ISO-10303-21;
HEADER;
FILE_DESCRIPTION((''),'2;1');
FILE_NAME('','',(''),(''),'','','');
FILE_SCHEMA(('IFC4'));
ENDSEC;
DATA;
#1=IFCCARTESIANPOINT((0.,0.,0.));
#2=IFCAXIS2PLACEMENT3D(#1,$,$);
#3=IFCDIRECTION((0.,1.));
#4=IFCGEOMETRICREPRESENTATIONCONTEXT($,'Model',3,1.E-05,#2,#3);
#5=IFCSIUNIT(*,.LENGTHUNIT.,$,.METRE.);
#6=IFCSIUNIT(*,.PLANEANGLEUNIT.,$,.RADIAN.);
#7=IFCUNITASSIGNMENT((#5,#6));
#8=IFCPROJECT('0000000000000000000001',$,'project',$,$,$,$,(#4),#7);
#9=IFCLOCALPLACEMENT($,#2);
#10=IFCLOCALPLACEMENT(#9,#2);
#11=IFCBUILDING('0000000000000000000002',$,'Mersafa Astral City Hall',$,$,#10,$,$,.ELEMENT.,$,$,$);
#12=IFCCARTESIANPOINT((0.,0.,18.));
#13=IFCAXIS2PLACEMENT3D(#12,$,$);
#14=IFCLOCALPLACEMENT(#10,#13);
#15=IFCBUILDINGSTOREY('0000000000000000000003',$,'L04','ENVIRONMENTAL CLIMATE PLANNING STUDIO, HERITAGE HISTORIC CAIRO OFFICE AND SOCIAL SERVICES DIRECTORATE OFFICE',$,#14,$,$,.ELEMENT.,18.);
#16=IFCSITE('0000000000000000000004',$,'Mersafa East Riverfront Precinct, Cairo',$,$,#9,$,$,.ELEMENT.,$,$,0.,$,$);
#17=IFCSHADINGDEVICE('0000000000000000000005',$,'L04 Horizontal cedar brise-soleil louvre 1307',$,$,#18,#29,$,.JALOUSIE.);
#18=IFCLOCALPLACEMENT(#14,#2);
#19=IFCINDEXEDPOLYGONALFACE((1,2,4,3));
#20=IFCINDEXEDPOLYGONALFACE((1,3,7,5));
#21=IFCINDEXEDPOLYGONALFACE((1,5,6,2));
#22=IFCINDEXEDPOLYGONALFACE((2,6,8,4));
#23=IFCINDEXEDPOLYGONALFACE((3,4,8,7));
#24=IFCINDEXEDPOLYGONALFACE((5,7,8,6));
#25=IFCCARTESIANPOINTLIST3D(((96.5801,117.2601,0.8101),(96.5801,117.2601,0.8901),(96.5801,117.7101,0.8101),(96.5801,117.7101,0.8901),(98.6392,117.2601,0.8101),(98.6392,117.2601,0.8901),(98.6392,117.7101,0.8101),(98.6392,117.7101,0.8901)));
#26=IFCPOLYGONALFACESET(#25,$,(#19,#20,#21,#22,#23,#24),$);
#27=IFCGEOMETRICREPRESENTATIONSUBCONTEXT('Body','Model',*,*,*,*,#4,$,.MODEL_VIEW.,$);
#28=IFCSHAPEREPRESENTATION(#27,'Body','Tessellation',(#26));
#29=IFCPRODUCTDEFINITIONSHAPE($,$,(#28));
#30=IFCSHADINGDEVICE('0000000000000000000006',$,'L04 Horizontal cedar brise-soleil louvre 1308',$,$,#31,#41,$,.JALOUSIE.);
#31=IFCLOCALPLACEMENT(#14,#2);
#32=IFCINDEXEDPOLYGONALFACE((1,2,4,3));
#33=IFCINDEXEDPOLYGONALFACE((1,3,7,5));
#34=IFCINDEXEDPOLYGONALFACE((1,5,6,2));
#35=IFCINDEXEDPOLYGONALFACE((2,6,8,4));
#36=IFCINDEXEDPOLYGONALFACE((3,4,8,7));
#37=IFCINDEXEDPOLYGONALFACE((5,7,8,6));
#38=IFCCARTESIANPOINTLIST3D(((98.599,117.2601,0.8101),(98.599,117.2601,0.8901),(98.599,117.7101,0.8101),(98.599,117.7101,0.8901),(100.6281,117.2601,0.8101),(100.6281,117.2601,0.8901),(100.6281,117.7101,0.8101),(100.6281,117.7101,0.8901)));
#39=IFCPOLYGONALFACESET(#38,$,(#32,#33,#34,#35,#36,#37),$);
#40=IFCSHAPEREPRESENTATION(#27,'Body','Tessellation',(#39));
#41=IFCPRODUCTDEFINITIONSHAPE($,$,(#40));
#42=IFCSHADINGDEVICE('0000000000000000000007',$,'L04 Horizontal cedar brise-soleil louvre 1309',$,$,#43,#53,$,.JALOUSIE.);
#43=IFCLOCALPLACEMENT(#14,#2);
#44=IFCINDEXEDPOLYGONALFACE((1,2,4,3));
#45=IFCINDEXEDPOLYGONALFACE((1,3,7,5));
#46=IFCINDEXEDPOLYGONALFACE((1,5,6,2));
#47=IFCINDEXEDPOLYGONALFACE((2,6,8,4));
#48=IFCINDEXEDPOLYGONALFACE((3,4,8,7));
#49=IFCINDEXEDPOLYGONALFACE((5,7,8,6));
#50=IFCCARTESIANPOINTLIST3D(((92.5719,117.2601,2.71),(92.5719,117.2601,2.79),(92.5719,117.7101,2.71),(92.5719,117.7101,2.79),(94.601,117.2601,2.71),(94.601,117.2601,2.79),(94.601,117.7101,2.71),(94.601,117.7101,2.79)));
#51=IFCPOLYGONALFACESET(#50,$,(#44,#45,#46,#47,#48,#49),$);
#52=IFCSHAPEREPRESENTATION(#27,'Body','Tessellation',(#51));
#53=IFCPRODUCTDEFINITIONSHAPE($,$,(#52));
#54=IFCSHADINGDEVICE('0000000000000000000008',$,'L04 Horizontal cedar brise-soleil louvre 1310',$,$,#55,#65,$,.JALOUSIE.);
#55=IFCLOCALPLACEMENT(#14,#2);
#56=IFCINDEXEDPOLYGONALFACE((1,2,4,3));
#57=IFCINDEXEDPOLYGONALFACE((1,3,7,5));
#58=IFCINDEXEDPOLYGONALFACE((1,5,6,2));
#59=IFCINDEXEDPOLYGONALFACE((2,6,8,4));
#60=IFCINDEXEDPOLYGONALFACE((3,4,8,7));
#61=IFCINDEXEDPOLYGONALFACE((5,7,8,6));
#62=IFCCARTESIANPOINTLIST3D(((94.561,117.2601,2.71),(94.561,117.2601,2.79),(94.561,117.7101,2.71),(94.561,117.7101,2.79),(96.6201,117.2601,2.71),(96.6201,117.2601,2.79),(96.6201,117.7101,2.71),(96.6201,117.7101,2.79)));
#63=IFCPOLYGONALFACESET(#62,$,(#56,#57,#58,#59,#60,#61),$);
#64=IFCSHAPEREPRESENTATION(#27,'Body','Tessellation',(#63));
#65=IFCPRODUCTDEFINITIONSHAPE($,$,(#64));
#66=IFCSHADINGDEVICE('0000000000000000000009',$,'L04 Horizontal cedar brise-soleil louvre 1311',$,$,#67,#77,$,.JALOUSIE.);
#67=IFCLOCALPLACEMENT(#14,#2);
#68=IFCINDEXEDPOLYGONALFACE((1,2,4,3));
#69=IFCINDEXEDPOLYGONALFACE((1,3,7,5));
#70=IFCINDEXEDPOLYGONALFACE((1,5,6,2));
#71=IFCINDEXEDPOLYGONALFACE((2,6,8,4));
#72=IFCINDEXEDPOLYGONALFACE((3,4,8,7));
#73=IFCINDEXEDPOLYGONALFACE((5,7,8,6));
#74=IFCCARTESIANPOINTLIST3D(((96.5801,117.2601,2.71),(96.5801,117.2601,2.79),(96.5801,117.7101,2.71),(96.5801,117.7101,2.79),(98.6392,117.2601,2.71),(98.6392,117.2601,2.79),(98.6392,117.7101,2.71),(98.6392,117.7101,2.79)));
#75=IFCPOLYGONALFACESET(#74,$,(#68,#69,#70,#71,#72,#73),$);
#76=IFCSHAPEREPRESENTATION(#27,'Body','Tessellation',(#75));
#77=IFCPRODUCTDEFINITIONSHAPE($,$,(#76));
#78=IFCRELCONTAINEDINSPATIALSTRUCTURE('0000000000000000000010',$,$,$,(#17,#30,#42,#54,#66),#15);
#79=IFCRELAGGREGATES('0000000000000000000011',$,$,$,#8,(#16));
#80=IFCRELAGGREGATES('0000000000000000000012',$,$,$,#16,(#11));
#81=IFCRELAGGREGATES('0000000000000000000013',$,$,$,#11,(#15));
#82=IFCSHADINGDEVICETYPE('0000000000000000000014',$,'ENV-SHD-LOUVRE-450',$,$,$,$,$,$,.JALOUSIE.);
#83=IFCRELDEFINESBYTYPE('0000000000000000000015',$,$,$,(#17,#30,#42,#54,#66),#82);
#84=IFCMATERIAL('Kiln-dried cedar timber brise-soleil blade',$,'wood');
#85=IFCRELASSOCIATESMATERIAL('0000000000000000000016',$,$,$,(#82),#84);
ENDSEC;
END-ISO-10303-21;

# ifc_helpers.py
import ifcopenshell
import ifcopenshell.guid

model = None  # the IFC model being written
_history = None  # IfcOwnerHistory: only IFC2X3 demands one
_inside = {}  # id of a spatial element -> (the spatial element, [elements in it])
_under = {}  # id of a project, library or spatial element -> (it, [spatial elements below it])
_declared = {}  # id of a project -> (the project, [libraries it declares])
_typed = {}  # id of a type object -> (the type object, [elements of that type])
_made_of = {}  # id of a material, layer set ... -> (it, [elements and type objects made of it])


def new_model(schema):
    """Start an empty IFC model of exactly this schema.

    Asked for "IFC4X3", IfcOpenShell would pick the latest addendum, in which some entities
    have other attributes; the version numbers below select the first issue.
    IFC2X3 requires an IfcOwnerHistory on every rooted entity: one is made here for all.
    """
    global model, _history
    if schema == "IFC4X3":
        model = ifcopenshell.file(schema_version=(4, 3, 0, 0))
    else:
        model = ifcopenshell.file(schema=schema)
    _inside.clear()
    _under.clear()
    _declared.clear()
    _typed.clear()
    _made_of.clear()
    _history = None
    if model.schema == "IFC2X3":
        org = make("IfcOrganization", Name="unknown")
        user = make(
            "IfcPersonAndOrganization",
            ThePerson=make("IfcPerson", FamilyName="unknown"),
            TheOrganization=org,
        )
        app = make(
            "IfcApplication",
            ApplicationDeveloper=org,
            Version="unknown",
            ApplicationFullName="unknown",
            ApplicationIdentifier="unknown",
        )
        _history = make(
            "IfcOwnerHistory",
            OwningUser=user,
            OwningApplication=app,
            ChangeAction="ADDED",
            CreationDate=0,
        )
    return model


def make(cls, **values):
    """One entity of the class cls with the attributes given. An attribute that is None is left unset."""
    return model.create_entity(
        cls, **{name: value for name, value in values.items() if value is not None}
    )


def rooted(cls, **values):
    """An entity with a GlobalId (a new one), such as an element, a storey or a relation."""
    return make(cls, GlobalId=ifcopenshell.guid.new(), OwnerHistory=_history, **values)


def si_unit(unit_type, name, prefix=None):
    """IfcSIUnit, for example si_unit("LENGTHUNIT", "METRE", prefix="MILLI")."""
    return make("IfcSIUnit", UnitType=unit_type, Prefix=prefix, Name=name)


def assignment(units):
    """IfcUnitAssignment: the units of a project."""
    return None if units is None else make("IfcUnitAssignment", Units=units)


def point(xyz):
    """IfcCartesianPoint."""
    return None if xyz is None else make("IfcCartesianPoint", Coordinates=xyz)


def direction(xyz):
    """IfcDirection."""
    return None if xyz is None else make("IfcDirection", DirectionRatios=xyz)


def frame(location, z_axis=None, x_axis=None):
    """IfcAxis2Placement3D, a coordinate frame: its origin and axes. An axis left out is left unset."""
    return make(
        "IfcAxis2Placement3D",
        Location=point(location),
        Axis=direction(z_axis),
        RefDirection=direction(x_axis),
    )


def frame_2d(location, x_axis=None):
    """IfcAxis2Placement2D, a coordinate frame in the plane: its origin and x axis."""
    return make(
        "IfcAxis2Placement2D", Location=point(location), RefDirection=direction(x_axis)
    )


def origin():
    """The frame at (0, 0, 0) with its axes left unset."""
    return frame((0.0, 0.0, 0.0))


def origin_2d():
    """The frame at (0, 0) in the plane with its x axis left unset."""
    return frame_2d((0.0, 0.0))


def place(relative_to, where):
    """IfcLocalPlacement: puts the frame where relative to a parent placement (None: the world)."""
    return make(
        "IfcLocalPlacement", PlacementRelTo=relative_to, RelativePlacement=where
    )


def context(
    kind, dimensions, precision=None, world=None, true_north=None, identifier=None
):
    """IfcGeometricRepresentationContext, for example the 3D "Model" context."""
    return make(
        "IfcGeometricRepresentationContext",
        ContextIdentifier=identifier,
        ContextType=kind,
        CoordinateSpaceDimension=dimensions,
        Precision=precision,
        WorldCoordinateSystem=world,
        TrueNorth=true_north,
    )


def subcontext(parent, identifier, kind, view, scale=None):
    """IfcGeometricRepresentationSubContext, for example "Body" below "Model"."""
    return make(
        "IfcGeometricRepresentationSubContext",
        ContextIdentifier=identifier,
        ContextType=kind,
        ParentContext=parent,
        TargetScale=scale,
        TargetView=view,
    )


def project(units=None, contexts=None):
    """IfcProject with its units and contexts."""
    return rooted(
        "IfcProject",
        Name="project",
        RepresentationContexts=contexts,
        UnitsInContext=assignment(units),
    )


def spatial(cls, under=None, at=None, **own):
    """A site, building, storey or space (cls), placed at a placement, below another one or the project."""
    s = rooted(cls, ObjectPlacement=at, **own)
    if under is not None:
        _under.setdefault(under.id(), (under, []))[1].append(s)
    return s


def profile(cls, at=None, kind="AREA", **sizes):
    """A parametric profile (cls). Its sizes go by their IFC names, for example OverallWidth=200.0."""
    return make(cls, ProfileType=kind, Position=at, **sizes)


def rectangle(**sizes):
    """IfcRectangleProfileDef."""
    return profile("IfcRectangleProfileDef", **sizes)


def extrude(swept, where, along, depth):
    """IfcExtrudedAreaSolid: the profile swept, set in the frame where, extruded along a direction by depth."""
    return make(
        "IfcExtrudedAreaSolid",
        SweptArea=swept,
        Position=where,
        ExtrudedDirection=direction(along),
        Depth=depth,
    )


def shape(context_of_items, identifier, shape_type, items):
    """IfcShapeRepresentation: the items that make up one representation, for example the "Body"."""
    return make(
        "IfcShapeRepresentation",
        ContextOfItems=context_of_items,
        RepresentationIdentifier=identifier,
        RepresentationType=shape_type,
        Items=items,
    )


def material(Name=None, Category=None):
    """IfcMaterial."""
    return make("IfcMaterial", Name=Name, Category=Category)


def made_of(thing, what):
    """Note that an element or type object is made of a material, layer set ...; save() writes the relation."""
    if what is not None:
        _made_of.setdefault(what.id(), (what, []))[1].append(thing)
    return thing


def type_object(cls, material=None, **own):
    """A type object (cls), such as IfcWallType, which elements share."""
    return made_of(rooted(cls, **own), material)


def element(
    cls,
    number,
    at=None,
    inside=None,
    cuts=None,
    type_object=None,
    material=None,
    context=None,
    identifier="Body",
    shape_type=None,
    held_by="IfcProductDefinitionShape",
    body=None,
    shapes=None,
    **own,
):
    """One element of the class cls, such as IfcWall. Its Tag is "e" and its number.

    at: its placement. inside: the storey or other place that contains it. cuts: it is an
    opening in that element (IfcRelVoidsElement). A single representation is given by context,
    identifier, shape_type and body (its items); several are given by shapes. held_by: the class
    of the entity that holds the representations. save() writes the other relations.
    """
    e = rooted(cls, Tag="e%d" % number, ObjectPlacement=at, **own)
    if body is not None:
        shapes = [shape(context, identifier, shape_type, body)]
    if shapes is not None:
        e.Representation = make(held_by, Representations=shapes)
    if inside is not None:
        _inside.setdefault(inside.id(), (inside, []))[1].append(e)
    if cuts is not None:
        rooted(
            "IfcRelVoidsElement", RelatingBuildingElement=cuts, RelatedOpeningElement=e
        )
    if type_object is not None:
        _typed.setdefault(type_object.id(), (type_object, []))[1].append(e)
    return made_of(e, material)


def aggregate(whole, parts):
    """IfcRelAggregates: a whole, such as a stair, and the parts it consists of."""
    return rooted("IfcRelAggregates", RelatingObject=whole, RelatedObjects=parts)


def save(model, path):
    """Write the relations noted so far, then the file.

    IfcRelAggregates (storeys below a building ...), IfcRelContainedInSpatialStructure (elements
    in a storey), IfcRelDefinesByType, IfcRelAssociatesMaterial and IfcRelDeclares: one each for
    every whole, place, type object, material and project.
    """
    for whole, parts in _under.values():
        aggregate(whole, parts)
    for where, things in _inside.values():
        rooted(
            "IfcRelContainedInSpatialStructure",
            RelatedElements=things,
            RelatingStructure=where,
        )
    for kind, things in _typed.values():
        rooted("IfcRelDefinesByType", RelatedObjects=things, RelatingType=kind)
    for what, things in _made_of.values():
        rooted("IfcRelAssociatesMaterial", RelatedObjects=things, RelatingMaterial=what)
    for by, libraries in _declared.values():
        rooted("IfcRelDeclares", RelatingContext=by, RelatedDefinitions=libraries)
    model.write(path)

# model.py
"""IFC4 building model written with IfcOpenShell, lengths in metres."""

from ifc_helpers import new_model, si_unit, direction, frame, origin, origin_2d, place, context, subcontext, project, spatial, rectangle, extrude, material, type_object, element, save


model = new_model("IFC4")

# Units and contexts
model_context = context("Model", 3, precision=1e-05, world=origin(), true_north=direction((0.0, 1.0)))
body_context = subcontext(model_context, "Body", "Model", "MODEL_VIEW")
ifc_project = project(units=[si_unit("LENGTHUNIT", "METRE"), si_unit("PLANEANGLEUNIT", "RADIAN")], contexts=[model_context])

# Site, building, storey
site_placement = place(None, origin())
site = spatial("IfcSite", under=ifc_project, at=site_placement, Name="Mersafa East Riverfront Precinct, Cairo", CompositionType="ELEMENT", RefElevation=0.0)
building_placement = place(site_placement, origin())
building = spatial("IfcBuilding", under=site, at=building_placement, Name="Mersafa Astral City Hall", CompositionType="ELEMENT")
storey_placement = place(building_placement, frame((0.0, 0.0, 18.0)))
storey = spatial("IfcBuildingStorey", under=building, at=storey_placement, Name="L04", Description="ENVIRONMENTAL CLIMATE PLANNING STUDIO, HERITAGE HISTORIC CAIRO OFFICE AND SOCIAL SERVICES DIRECTORATE OFFICE", CompositionType="ELEMENT", Elevation=18.0)

# Shading devices
ifc_material_1 = material(Name="Kiln-dried cedar timber brise-soleil blade", Category="wood")
shading_device_type = type_object("IfcShadingDeviceType", Name="ENV-SHD-LOUVRE-450", PredefinedType="JALOUSIE", material=ifc_material_1)
for number, where, z_axis, x_axis, name in (
    (1, (97.6096, 117.4851, 0.8101), (0.0, 0.0, 1.0), (1.0, 0.0, 0.0), "L04 Horizontal cedar brise-soleil louvre 1307"),
):
    element("IfcShadingDevice", number, at=place(storey_placement, frame(where, z_axis=z_axis, x_axis=x_axis)), inside=storey, type_object=shading_device_type, Name=name, PredefinedType="JALOUSIE", context=body_context, shape_type="SweptSolid", body=[
        extrude(rectangle(XDim=2.0591, YDim=0.45, at=origin_2d()), origin(), (0.0, 0.0, 1.0), 0.0801),
    ])
for number, where, z_axis, x_axis, name in (
    (2, (99.6135, 117.4851, 0.8101), (0.0, 0.0, 1.0), (1.0, 0.0, 0.0), "L04 Horizontal cedar brise-soleil louvre 1308"),
    (3, (93.5864, 117.4851, 2.71), (0.0, 0.0, 1.0), (1.0, 0.0, 0.0), "L04 Horizontal cedar brise-soleil louvre 1309"),
):
    element("IfcShadingDevice", number, at=place(storey_placement, frame(where, z_axis=z_axis, x_axis=x_axis)), inside=storey, type_object=shading_device_type, Name=name, PredefinedType="JALOUSIE", context=body_context, shape_type="SweptSolid", body=[
        extrude(rectangle(XDim=2.0291, YDim=0.45, at=origin_2d()), origin(), (0.0, 0.0, 1.0), 0.0801),
    ])
for number, where, z_axis, x_axis, name in (
    (4, (95.5906, 117.4851, 2.71), (0.0, 0.0, 1.0), (1.0, 0.0, 0.0), "L04 Horizontal cedar brise-soleil louvre 1310"),
    (5, (97.6096, 117.4851, 2.71), (0.0, 0.0, 1.0), (1.0, 0.0, 0.0), "L04 Horizontal cedar brise-soleil louvre 1311"),
):
    element("IfcShadingDevice", number, at=place(storey_placement, frame(where, z_axis=z_axis, x_axis=x_axis)), inside=storey, type_object=shading_device_type, Name=name, PredefinedType="JALOUSIE", context=body_context, shape_type="SweptSolid", body=[
        extrude(rectangle(XDim=2.0591, YDim=0.45, at=origin_2d()), origin(), (0.0, 0.0, 1.0), 0.0801),
    ])

save(model, "model.ifc")
